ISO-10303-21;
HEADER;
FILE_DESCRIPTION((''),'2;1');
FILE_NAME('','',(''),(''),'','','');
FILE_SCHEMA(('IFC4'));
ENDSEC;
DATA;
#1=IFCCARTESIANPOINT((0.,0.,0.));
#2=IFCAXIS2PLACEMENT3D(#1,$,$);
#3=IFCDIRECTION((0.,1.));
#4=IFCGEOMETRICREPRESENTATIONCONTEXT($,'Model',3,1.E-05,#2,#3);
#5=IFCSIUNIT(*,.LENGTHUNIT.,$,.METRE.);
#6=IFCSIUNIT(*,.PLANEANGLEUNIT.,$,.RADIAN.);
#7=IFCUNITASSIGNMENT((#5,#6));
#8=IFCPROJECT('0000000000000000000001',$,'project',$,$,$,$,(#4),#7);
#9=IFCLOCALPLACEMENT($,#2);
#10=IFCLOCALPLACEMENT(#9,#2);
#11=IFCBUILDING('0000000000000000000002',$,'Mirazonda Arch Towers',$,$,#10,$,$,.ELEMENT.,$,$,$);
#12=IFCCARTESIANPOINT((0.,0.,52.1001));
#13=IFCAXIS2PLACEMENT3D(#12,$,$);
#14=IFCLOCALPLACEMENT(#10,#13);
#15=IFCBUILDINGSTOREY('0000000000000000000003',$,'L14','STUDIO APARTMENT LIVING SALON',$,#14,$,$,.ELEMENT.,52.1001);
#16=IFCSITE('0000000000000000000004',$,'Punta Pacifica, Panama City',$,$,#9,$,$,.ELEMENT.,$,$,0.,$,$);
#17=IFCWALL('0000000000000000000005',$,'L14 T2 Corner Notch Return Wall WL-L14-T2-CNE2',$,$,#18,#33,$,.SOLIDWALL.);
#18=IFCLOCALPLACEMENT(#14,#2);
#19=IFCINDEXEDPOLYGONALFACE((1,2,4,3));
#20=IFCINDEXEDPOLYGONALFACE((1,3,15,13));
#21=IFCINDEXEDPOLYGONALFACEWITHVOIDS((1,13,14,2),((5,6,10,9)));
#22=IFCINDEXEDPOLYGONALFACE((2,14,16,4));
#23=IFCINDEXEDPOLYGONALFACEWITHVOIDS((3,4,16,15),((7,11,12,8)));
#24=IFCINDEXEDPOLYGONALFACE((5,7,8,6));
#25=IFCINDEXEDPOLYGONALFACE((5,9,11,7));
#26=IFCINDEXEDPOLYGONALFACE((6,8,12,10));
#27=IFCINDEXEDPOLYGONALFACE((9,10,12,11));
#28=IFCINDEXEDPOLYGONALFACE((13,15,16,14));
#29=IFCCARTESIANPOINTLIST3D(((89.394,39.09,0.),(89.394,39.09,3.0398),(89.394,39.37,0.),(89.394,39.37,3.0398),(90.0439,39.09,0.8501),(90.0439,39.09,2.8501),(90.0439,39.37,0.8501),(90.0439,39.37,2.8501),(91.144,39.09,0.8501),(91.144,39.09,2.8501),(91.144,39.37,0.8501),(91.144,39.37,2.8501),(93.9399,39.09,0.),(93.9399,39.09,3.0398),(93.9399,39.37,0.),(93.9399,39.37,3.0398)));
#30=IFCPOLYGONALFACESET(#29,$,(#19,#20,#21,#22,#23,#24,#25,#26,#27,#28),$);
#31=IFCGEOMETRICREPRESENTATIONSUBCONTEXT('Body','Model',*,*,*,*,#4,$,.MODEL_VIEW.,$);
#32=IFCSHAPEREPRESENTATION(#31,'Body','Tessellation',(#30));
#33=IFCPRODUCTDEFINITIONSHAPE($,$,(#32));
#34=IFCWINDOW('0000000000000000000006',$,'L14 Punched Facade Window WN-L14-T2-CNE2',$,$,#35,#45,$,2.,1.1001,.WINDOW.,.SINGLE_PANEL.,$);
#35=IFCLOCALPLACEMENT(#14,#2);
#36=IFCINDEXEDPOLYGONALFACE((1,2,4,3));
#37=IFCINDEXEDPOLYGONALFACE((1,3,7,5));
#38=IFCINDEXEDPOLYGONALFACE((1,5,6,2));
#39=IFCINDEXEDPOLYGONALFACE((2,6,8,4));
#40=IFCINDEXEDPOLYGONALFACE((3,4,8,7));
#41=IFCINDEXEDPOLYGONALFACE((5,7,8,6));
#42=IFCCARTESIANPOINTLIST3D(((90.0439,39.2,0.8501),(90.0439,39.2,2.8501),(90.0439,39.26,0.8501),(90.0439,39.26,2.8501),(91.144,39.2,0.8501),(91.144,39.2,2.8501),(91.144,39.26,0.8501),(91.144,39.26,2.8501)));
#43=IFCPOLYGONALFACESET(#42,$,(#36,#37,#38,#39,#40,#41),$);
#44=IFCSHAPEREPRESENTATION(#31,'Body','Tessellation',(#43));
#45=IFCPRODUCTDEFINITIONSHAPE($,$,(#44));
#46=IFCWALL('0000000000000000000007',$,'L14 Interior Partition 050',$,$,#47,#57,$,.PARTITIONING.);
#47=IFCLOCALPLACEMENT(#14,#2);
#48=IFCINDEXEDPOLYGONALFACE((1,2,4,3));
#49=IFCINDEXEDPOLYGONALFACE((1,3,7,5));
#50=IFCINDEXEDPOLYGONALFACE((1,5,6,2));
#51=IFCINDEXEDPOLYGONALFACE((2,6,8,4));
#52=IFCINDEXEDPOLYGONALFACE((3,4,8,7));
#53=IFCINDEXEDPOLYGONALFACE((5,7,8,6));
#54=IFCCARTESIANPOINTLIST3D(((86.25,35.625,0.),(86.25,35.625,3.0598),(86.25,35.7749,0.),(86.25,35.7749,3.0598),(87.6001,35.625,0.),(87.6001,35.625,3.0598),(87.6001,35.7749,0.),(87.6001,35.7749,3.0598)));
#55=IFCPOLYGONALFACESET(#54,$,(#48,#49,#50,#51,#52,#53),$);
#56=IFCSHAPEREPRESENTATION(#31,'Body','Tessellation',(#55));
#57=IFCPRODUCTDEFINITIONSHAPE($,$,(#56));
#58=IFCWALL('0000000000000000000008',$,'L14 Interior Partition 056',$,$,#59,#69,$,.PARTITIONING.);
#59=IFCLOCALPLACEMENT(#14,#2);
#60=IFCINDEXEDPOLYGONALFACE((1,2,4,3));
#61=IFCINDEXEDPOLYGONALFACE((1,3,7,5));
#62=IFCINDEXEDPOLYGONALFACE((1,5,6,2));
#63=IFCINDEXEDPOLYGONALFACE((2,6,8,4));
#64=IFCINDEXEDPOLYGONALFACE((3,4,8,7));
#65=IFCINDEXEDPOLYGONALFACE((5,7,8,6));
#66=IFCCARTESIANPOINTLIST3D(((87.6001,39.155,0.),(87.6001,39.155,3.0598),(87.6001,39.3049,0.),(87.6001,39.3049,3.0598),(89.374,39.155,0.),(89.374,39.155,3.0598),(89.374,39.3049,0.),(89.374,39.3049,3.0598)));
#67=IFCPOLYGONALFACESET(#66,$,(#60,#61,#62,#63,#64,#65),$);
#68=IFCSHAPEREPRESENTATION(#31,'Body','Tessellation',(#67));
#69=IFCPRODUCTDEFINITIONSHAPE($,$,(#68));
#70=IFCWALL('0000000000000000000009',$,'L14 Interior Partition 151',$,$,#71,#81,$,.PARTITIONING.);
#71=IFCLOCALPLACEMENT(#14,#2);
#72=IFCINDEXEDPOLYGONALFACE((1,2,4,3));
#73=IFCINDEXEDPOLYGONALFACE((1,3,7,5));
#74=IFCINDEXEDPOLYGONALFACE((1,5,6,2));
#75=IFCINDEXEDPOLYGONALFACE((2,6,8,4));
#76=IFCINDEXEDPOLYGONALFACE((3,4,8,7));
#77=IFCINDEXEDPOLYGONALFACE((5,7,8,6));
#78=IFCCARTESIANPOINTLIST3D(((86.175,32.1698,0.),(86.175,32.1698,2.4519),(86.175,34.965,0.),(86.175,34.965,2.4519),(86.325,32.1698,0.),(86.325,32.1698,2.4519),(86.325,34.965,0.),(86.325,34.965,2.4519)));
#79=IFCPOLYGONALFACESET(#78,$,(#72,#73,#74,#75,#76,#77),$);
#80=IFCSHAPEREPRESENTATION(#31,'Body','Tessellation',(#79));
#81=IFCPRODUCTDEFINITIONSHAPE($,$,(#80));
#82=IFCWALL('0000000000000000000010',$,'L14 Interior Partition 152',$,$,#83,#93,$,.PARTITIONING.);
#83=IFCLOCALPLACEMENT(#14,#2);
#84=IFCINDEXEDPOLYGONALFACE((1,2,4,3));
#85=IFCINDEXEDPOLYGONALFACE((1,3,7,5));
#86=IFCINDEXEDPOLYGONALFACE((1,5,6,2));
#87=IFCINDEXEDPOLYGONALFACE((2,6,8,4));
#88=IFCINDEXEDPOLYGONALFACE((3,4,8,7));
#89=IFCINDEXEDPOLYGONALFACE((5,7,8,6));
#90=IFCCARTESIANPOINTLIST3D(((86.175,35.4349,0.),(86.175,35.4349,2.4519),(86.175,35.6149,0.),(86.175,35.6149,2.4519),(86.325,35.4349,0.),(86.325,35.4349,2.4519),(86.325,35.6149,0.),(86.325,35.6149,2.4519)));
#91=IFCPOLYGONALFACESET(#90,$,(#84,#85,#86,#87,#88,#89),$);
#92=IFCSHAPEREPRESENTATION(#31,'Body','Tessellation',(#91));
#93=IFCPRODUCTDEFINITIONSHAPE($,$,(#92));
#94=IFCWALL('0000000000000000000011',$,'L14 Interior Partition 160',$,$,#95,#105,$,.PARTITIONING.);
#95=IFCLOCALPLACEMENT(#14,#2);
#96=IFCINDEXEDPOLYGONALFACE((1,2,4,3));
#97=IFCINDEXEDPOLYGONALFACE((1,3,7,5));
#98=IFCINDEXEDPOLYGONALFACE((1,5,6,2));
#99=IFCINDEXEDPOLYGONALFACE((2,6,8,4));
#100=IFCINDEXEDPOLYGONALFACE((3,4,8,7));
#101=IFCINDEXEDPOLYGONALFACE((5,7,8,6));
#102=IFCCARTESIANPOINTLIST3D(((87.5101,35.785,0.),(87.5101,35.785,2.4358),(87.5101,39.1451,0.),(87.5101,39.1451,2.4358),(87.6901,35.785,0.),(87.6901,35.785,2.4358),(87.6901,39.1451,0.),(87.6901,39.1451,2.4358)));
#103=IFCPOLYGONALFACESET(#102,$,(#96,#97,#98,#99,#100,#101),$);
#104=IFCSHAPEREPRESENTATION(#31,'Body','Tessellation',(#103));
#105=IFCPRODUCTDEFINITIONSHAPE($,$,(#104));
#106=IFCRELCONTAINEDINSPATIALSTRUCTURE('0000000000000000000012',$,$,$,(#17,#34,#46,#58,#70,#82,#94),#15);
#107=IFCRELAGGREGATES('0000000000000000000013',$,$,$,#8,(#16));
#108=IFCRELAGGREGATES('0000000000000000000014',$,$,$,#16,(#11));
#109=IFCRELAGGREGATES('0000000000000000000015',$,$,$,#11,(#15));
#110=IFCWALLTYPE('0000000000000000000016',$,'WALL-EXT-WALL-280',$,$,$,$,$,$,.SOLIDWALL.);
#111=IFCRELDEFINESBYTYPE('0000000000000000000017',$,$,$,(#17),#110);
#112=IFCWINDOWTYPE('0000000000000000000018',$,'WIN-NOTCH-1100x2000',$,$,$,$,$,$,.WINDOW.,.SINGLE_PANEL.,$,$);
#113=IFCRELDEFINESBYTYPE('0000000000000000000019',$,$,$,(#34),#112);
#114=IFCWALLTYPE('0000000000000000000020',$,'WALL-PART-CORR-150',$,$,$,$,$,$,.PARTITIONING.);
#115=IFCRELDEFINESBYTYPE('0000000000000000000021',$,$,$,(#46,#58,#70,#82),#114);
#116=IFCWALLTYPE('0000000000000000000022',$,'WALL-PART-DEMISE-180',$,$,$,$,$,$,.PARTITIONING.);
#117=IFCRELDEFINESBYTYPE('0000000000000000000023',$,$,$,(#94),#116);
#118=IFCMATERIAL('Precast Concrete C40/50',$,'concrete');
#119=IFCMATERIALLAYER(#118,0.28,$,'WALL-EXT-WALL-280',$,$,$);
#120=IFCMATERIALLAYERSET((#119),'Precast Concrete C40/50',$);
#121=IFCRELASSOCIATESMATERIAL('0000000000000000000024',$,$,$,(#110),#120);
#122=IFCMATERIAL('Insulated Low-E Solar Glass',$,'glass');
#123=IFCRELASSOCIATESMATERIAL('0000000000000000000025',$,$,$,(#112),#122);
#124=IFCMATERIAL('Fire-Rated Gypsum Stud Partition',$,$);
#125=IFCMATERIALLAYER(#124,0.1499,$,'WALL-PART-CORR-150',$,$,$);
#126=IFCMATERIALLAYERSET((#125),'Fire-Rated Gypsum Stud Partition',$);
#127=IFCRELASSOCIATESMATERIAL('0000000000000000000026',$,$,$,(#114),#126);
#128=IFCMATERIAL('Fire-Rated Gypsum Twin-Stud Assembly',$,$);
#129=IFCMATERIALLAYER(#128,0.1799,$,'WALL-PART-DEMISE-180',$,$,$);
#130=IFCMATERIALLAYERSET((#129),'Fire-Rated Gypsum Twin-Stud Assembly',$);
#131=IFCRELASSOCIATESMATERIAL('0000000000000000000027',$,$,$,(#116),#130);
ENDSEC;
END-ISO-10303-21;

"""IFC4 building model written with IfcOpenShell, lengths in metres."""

from ifc_helpers import new_model, si_unit, direction, frame, frame_2d, origin, place, context, subcontext, project, spatial, rectangle, extrude, material, layer, layer_set, type_object, element, fill, save


model = new_model("IFC4")

# Units and contexts
model_context = context("Model", 3, precision=1e-05, world=origin(), true_north=direction((0.0, 1.0)))
body_context = subcontext(model_context, "Body", "Model", "MODEL_VIEW")
ifc_project = project(units=[si_unit("LENGTHUNIT", "METRE"), si_unit("PLANEANGLEUNIT", "RADIAN")], contexts=[model_context])

# Site, building, storey
site_placement = place(None, origin())
site = spatial("IfcSite", under=ifc_project, at=site_placement, Name="Punta Pacifica, Panama City", CompositionType="ELEMENT", RefElevation=0.0)
building_placement = place(site_placement, origin())
building = spatial("IfcBuilding", under=site, at=building_placement, Name="Mirazonda Arch Towers", CompositionType="ELEMENT")
storey_placement = place(building_placement, frame((0.0, 0.0, 52.1001)))
storey = spatial("IfcBuildingStorey", under=building, at=storey_placement, Name="L14", Description="STUDIO APARTMENT LIVING SALON", CompositionType="ELEMENT", Elevation=52.1001)

# Shared definitions
ifc_material_1 = material(Name="Insulated Low-E Solar Glass", Category="glass")

# Wall, opening, window
ifc_material_2 = material(Name="Precast Concrete C40/50", Category="concrete")
ifc_layer_1 = layer(ifc_material_2, 0.28, Name="WALL-EXT-WALL-280")
ifc_layer_set_1 = layer_set([ifc_layer_1], Name="Precast Concrete C40/50")
wall_type_1 = type_object("IfcWallType", Name="WALL-EXT-WALL-280", PredefinedType="SOLIDWALL", material=ifc_layer_set_1)
window_type = type_object("IfcWindowType", Name="WIN-NOTCH-1100x2000", PartitioningType="SINGLE_PANEL", PredefinedType="WINDOW", material=ifc_material_1)
wall_1_placement = place(storey_placement, frame((93.9399, 39.23, 0.0), z_axis=(0.0, 0.0, 1.0), x_axis=(-1.0, 0.0, 0.0)))
wall_1 = element("IfcWall", 1, at=wall_1_placement, inside=storey, type_object=wall_type_1, Name="L14 T2 Corner Notch Return Wall WL-L14-T2-CNE2", PredefinedType="SOLIDWALL", context=body_context, shape_type="SweptSolid", body=[
    extrude(rectangle(XDim=4.5459, YDim=0.28, at=frame_2d((2.2729, 0.0))), origin(), (0.0, 0.0, 1.0), 3.0398),
])
opening_1_placement = place(wall_1_placement, frame((2.7959, 0.0, 0.8501)))
opening_1 = element("IfcOpeningElement", 2, at=opening_1_placement, cuts=wall_1, PredefinedType="OPENING", context=body_context, shape_type="SweptSolid", body=[
    extrude(rectangle(XDim=1.1001, YDim=2.0, at=frame_2d((0.55, 1.0))), frame((0.0, 0.1499, 0.0), z_axis=(0.0, -1.0, 0.0), x_axis=(1.0, 0.0, 0.0)), (0.0, 0.0, 1.0), 0.3),
])
window_1_placement = place(opening_1_placement, origin())
window_1 = element("IfcWindow", 3, at=window_1_placement, inside=storey, type_object=window_type, Name="L14 Punched Facade Window WN-L14-T2-CNE2", OverallHeight=2.0, OverallWidth=1.1001, PartitioningType="SINGLE_PANEL", PredefinedType="WINDOW", context=body_context, shape_type="SweptSolid", body=[
    extrude(rectangle(XDim=1.1001, YDim=2.0, at=frame_2d((0.55, 1.0))), frame((0.0, 0.03, 0.0), z_axis=(0.0, -1.0, 0.0), x_axis=(1.0, 0.0, 0.0)), (0.0, 0.0, 1.0), 0.0601),
])
fill(opening_1, window_1)

# Walls
ifc_material_3 = material(Name="Fire-Rated Gypsum Stud Partition")
ifc_layer_2 = layer(ifc_material_3, 0.1499, Name="WALL-PART-CORR-150")
ifc_layer_set_2 = layer_set([ifc_layer_2], Name="Fire-Rated Gypsum Stud Partition")
wall_type_2 = type_object("IfcWallType", Name="WALL-PART-CORR-150", PredefinedType="PARTITIONING", material=ifc_layer_set_2)
wall_2_placement = place(storey_placement, frame((86.25, 35.7, 0.0), z_axis=(0.0, 0.0, 1.0), x_axis=(1.0, 0.0, 0.0)))
element("IfcWall", 4, at=wall_2_placement, inside=storey, type_object=wall_type_2, Name="L14 Interior Partition 050", PredefinedType="PARTITIONING", context=body_context, shape_type="SweptSolid", body=[
    extrude(rectangle(XDim=1.3501, YDim=0.1499, at=frame_2d((0.675, 0.0))), origin(), (0.0, 0.0, 1.0), 3.0598),
])
wall_3_placement = place(storey_placement, frame((87.6001, 39.23, 0.0), z_axis=(0.0, 0.0, 1.0), x_axis=(1.0, 0.0, 0.0)))
element("IfcWall", 5, at=wall_3_placement, inside=storey, type_object=wall_type_2, Name="L14 Interior Partition 056", PredefinedType="PARTITIONING", context=body_context, shape_type="SweptSolid", body=[
    extrude(rectangle(XDim=1.7739, YDim=0.1499, at=frame_2d((0.887, 0.0))), origin(), (0.0, 0.0, 1.0), 3.0598),
])
wall_4_placement = place(storey_placement, frame((86.25, 32.1699, 0.0), z_axis=(0.0, 0.0, 1.0), x_axis=(0.0, 1.0, 0.0)))
element("IfcWall", 6, at=wall_4_placement, inside=storey, type_object=wall_type_2, Name="L14 Interior Partition 151", PredefinedType="PARTITIONING", context=body_context, shape_type="SweptSolid", body=[
    extrude(rectangle(XDim=2.7952, YDim=0.1499, at=frame_2d((1.3975, 0.0))), origin(), (0.0, 0.0, 1.0), 2.4519),
])
wall_5_placement = place(storey_placement, frame((86.25, 35.4351, 0.0), z_axis=(0.0, 0.0, 1.0), x_axis=(0.0, 1.0, 0.0)))
element("IfcWall", 7, at=wall_5_placement, inside=storey, type_object=wall_type_2, Name="L14 Interior Partition 152", PredefinedType="PARTITIONING", context=body_context, shape_type="SweptSolid", body=[
    extrude(rectangle(XDim=0.1799, YDim=0.1499, at=frame_2d((0.0898, 0.0))), origin(), (0.0, 0.0, 1.0), 2.4519),
])
ifc_material_4 = material(Name="Fire-Rated Gypsum Twin-Stud Assembly")
ifc_layer_3 = layer(ifc_material_4, 0.1799, Name="WALL-PART-DEMISE-180")
ifc_layer_set_3 = layer_set([ifc_layer_3], Name="Fire-Rated Gypsum Twin-Stud Assembly")
wall_type_3 = type_object("IfcWallType", Name="WALL-PART-DEMISE-180", PredefinedType="PARTITIONING", material=ifc_layer_set_3)
wall_6_placement = place(storey_placement, frame((87.6001, 35.7849, 0.0), z_axis=(0.0, 0.0, 1.0), x_axis=(0.0, 1.0, 0.0)))
element("IfcWall", 8, at=wall_6_placement, inside=storey, type_object=wall_type_3, Name="L14 Interior Partition 160", PredefinedType="PARTITIONING", context=body_context, shape_type="SweptSolid", body=[
    extrude(rectangle(XDim=3.3601, YDim=0.1799, at=frame_2d((1.6802, 0.0))), origin(), (0.0, 0.0, 1.0), 2.4358),
])

save(model, "model.ifc")
